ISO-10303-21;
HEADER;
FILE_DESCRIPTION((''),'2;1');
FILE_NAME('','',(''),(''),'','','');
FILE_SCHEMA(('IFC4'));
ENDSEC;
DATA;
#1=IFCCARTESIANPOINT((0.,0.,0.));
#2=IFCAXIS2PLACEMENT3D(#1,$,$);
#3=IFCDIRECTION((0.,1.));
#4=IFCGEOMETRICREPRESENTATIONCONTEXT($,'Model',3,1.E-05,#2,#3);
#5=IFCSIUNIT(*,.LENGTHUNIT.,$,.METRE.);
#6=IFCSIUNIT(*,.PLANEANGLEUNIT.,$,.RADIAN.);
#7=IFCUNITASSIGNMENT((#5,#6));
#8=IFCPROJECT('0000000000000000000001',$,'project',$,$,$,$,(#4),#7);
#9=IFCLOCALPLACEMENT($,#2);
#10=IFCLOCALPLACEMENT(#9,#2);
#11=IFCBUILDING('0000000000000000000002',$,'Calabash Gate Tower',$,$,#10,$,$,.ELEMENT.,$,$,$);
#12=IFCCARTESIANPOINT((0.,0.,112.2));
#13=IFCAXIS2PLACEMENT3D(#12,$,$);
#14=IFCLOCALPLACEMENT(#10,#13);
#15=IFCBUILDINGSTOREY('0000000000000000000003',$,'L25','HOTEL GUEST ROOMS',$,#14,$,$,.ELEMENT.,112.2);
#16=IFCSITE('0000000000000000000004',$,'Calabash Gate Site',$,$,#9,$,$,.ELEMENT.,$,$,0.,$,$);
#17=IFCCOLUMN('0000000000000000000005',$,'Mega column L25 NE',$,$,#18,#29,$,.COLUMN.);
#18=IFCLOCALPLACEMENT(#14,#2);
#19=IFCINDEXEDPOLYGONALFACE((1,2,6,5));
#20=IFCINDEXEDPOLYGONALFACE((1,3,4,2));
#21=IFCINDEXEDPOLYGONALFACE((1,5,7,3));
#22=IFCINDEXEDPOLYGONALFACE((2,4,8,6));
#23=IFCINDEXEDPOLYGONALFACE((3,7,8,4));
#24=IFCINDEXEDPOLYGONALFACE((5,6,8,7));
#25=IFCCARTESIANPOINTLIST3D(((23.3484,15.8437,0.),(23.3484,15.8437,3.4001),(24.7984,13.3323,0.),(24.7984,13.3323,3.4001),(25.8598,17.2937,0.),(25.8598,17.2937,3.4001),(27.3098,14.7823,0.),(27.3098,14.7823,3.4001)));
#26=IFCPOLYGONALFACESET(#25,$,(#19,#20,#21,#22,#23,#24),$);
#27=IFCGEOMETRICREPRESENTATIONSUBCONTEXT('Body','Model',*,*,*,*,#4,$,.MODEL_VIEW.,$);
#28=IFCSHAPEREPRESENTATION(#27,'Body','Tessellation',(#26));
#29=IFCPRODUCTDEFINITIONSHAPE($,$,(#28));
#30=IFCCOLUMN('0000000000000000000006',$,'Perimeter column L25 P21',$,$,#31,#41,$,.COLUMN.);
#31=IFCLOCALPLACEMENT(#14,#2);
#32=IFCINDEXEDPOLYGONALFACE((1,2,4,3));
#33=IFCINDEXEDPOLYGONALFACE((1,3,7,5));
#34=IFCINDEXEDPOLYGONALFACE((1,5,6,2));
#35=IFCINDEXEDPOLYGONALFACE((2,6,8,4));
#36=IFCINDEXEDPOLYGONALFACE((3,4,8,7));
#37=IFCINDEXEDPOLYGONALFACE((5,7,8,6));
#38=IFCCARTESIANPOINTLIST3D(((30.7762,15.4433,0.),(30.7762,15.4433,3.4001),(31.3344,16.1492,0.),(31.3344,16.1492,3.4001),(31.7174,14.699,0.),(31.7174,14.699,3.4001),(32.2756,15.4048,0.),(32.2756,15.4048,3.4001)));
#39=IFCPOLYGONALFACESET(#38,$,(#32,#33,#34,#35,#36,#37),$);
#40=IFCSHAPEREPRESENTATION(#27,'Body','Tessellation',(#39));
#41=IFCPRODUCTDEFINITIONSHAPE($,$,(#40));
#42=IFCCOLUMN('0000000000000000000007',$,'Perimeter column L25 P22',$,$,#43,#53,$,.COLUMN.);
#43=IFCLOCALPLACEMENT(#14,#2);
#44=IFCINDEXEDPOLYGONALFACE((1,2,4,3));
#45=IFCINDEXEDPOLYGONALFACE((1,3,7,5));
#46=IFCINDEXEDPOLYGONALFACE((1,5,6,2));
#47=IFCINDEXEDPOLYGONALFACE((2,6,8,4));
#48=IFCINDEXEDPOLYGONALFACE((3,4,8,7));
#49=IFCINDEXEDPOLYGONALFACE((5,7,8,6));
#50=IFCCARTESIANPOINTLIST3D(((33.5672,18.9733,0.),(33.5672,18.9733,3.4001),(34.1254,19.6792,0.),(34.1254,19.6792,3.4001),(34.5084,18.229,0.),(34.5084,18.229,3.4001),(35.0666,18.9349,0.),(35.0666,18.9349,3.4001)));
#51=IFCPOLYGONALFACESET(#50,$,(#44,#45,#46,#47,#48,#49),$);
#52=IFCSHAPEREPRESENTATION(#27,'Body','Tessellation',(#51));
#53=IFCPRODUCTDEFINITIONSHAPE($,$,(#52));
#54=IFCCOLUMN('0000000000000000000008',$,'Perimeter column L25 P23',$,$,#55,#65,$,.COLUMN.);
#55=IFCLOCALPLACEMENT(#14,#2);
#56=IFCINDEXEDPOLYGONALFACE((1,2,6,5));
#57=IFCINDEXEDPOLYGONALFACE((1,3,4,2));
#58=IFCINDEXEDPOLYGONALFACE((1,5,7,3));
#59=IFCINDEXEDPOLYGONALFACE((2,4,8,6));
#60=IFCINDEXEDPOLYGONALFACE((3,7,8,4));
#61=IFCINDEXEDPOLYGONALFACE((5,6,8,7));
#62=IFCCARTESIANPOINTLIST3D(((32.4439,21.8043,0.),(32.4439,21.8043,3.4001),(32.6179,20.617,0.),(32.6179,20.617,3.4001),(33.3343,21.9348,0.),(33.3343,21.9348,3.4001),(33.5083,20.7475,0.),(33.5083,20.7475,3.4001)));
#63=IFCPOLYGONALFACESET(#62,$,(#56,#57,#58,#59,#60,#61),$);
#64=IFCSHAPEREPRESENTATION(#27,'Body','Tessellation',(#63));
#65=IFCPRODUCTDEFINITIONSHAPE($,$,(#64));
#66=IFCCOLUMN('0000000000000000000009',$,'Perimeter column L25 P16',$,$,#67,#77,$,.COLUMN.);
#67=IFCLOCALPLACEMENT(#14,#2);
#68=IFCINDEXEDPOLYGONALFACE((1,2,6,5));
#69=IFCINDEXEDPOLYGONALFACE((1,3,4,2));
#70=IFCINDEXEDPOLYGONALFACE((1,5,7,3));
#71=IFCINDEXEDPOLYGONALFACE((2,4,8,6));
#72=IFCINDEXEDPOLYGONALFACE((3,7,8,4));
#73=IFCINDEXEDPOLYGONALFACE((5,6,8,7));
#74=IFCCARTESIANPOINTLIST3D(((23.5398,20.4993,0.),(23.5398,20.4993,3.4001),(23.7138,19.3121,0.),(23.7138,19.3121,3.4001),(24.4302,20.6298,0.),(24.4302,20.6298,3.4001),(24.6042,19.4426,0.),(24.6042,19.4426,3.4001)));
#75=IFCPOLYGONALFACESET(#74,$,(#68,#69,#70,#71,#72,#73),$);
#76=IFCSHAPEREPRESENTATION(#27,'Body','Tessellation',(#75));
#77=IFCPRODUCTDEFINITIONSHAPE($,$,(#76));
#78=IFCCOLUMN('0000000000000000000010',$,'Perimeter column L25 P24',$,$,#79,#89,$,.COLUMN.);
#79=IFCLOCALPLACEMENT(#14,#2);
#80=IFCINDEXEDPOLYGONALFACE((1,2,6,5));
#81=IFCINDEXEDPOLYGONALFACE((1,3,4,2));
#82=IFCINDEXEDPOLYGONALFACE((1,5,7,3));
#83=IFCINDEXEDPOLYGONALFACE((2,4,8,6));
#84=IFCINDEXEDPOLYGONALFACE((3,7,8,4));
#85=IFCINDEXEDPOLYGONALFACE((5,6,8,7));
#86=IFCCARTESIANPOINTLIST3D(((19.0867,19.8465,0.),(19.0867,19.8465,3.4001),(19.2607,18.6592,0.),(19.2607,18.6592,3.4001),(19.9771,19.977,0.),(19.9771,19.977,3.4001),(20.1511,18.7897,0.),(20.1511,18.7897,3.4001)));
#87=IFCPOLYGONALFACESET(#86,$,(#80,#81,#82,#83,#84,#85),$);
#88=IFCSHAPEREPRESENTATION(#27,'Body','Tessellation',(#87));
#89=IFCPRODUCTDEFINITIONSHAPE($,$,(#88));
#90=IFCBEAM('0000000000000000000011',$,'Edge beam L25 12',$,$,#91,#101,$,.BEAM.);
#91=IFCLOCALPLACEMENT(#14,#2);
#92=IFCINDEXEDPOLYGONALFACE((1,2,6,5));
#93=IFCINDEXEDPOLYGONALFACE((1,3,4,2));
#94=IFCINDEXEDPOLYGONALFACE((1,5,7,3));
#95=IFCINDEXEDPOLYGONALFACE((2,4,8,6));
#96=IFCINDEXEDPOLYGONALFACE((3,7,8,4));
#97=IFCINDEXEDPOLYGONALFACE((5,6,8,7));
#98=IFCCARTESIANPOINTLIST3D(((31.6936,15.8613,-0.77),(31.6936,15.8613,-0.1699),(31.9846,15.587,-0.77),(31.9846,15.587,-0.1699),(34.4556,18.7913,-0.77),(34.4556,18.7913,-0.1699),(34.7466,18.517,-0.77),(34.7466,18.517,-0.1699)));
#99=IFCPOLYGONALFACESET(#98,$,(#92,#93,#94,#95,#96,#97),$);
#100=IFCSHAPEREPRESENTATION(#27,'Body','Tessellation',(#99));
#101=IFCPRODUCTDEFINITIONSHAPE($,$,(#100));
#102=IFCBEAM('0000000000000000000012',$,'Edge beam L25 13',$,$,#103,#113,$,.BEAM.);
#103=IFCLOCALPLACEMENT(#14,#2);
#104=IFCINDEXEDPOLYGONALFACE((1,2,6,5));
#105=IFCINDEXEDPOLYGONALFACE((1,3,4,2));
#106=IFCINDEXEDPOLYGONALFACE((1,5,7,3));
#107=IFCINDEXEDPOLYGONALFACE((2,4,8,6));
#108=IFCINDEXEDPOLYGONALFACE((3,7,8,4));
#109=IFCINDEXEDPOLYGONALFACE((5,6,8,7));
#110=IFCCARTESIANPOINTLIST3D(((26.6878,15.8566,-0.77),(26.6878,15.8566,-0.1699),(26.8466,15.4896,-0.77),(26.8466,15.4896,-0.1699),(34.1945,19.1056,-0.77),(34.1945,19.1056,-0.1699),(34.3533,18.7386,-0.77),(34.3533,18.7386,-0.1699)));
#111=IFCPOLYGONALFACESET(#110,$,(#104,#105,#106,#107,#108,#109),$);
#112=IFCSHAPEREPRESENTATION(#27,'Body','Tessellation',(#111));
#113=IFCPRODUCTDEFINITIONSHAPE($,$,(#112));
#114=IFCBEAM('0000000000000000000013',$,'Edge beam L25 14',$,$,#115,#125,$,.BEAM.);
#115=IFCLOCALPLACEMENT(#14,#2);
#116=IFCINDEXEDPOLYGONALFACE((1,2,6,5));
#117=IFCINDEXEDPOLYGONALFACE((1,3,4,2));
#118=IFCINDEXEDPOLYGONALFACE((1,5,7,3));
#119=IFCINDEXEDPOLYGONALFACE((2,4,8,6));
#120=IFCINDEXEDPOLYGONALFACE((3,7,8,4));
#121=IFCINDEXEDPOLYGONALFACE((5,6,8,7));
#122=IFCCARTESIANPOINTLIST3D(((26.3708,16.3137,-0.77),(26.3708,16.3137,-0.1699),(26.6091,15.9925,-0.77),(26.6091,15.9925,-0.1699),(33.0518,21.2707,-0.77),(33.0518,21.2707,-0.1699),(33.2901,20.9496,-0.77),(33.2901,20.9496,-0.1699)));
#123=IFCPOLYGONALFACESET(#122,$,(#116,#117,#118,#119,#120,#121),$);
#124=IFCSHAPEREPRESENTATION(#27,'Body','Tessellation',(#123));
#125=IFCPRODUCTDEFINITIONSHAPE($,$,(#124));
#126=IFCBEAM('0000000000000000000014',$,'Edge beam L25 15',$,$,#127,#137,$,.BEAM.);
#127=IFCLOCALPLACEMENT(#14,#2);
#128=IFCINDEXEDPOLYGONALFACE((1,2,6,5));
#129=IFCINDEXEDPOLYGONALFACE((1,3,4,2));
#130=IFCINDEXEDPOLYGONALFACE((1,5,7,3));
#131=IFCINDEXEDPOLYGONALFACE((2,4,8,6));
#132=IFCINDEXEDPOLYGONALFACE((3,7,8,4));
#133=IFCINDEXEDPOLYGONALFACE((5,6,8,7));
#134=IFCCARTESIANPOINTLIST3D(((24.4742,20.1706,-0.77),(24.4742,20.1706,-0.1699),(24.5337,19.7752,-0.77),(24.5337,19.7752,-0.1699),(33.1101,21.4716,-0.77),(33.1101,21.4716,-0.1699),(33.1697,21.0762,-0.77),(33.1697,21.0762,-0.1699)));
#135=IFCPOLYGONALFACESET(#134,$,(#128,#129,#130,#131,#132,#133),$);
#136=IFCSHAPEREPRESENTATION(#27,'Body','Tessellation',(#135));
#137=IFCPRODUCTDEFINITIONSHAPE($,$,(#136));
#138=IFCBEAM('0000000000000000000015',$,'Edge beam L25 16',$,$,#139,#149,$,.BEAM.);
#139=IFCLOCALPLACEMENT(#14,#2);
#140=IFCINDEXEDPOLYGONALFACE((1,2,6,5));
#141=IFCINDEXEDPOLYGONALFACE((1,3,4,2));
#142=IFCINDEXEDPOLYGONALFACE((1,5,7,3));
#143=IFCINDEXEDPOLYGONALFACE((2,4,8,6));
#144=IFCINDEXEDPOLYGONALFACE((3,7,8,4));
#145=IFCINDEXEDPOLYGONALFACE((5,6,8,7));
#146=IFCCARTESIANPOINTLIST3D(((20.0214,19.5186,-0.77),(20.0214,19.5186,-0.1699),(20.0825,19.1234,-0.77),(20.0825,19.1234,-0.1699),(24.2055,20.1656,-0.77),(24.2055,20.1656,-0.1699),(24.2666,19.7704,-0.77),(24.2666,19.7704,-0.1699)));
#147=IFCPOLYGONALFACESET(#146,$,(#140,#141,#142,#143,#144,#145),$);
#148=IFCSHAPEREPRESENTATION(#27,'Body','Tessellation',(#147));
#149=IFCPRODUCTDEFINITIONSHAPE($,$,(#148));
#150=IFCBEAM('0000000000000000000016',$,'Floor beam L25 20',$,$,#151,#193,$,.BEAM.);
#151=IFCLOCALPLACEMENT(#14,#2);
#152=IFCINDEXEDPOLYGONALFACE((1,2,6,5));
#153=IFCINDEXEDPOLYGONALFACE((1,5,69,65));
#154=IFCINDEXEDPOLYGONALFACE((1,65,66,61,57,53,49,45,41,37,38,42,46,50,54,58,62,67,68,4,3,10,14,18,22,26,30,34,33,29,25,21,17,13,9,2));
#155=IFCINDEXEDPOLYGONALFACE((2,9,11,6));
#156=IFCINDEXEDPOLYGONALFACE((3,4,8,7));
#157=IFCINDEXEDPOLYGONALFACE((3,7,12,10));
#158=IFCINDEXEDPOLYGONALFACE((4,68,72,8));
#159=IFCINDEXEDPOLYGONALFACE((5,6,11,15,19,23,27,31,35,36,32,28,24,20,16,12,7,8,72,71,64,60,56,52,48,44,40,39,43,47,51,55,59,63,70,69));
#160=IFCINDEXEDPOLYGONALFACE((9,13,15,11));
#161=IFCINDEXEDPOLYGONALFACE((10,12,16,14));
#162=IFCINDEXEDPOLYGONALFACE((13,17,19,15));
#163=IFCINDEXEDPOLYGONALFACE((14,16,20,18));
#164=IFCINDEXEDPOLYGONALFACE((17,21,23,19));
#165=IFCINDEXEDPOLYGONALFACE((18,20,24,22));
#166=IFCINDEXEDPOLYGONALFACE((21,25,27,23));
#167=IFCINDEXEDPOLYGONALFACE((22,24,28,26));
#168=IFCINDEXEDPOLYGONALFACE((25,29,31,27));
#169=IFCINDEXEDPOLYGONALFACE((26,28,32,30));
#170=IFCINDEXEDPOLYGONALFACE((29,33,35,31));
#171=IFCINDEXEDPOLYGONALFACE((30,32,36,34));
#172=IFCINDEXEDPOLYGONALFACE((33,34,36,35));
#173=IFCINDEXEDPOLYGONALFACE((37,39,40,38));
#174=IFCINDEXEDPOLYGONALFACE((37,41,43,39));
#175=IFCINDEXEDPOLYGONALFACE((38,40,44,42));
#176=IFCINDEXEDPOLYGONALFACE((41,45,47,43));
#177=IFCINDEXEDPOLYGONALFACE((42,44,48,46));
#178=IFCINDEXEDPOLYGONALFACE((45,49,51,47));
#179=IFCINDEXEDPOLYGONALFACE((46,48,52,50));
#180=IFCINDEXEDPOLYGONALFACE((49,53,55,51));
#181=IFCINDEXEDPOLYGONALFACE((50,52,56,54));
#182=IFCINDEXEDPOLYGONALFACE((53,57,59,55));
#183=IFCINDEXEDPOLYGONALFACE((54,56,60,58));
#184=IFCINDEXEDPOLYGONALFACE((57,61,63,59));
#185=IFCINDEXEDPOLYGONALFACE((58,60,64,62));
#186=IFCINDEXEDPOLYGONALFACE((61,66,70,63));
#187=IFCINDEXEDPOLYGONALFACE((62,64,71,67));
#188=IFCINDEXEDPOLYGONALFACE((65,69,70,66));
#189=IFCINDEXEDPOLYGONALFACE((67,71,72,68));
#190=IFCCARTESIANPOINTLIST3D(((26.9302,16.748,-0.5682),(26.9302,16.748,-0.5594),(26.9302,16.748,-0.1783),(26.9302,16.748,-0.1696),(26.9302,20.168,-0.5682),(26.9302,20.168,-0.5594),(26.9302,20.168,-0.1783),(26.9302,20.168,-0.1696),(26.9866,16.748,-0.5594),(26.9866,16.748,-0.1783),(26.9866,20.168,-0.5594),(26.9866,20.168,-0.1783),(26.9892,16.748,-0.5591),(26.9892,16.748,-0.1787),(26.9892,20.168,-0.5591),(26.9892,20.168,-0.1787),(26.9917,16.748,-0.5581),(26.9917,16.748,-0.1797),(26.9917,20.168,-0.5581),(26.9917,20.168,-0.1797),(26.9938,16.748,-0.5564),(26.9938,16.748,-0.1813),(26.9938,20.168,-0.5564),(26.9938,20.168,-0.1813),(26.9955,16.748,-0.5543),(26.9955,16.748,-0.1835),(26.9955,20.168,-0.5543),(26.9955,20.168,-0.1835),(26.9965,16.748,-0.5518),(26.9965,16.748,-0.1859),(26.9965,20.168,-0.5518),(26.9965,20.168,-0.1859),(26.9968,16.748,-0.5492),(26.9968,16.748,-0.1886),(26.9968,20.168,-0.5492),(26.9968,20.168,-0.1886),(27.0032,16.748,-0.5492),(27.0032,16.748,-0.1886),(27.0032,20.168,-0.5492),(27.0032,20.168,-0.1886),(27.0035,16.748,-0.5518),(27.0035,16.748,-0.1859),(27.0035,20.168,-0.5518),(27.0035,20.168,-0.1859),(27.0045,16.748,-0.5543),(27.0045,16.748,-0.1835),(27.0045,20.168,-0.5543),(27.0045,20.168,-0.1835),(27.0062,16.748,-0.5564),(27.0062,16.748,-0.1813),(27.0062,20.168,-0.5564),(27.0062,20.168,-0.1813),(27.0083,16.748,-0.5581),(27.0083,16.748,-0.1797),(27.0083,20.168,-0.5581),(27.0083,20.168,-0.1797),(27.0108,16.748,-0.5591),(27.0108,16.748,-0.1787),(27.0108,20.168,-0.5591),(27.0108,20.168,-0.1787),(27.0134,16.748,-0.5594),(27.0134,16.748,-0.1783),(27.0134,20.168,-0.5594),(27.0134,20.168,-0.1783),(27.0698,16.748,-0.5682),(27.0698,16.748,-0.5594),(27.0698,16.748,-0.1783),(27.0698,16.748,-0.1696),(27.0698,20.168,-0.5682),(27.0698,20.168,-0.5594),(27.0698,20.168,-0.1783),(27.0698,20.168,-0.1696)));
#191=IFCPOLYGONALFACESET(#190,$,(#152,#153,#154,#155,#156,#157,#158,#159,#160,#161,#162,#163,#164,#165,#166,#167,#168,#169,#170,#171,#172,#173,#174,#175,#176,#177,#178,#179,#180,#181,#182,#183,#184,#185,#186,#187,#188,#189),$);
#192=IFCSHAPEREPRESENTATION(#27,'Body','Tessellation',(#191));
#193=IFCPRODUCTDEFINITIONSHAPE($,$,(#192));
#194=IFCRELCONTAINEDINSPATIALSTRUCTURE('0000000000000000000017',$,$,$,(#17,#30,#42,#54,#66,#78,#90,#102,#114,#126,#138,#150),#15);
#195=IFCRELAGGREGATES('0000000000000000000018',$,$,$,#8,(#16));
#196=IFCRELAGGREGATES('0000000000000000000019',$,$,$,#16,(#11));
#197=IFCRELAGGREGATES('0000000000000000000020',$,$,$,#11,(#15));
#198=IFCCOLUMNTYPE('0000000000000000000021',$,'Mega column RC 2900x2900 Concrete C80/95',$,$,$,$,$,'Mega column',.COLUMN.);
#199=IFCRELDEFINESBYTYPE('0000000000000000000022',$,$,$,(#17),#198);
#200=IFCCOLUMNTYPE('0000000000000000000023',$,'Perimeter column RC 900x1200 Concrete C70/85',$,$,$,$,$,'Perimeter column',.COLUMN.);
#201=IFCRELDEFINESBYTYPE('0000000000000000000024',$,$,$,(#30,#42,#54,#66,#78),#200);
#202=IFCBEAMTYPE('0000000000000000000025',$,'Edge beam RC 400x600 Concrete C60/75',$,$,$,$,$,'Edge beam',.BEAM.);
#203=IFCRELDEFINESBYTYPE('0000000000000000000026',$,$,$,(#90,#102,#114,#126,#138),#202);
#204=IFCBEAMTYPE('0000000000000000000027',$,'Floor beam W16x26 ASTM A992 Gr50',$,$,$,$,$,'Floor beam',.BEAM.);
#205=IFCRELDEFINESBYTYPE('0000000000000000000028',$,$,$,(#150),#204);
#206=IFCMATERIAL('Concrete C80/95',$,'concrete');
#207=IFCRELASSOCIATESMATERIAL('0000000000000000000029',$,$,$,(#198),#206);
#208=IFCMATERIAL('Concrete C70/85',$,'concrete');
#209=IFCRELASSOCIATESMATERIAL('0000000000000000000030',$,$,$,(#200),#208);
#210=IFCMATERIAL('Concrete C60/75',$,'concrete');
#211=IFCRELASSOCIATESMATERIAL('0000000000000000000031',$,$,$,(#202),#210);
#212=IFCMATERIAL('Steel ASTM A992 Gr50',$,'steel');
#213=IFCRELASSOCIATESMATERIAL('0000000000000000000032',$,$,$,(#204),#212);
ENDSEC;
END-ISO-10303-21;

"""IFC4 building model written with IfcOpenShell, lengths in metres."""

from ifc_helpers import new_model, si_unit, direction, frame, origin, origin_2d, place, context, subcontext, project, spatial, rectangle, i_section, extrude, material, material_profile, profile_set, type_object, element, save


model = new_model("IFC4")

# Units and contexts
model_context = context("Model", 3, precision=1e-05, world=origin(), true_north=direction((0.0, 1.0)))
body_context = subcontext(model_context, "Body", "Model", "MODEL_VIEW")
ifc_project = project(units=[si_unit("LENGTHUNIT", "METRE"), si_unit("PLANEANGLEUNIT", "RADIAN")], contexts=[model_context])

# Site, building, storey
site_placement = place(None, origin())
site = spatial("IfcSite", under=ifc_project, at=site_placement, Name="Calabash Gate Site", CompositionType="ELEMENT", RefElevation=0.0)
building_placement = place(site_placement, origin())
building = spatial("IfcBuilding", under=site, at=building_placement, Name="Calabash Gate Tower", CompositionType="ELEMENT")
storey_placement = place(building_placement, frame((0.0, 0.0, 112.2)))
storey = spatial("IfcBuildingStorey", under=building, at=storey_placement, Name="L25", Description="HOTEL GUEST ROOMS", CompositionType="ELEMENT", Elevation=112.2)

# Columns
ifc_material_1 = material(Name="Concrete C80/95", Category="concrete")
ifc_material_profile_1 = material_profile(ifc_material_1, rectangle(XDim=2.8999, YDim=2.8999, at=origin_2d()))
ifc_profile_set_1 = profile_set([ifc_material_profile_1], Name="Concrete C80/95")
column_type_1 = type_object("IfcColumnType", Name="Mega column RC 2900x2900 Concrete C80/95", ElementType="Mega column", PredefinedType="COLUMN", material=ifc_profile_set_1)
column_placement = place(storey_placement, frame((25.3291, 15.313, 0.0), z_axis=(0.0, 0.0, 1.0), x_axis=(-0.866025, -0.5, 0.0)))
element("IfcColumn", 1, at=column_placement, inside=storey, type_object=column_type_1, Name="Mega column L25 NE", PredefinedType="COLUMN", context=body_context, shape_type="SweptSolid", body=[
    extrude(rectangle(XDim=2.8999, YDim=2.8999, at=origin_2d()), origin(), (0.0, 0.0, 1.0), 3.4001),
])
ifc_material_2 = material(Name="Concrete C70/85", Category="concrete")
ifc_material_profile_2 = material_profile(ifc_material_2, rectangle(XDim=0.8999, YDim=1.2, at=origin_2d()))
ifc_profile_set_2 = profile_set([ifc_material_profile_2], Name="Concrete C70/85")
column_type_2 = type_object("IfcColumnType", Name="Perimeter column RC 900x1200 Concrete C70/85", ElementType="Perimeter column", PredefinedType="COLUMN", material=ifc_profile_set_2)
for number, where, z_axis, x_axis, name in (
    (2, (31.5259, 15.4241, 0.0), (0.0, 0.0, 1.0), (0.620301, 0.784364, 0.0), "Perimeter column L25 P21"),
    (3, (34.3169, 18.9541, 0.0), (0.0, 0.0, 1.0), (0.620301, 0.784364, 0.0), "Perimeter column L25 P22"),
    (4, (32.9761, 21.2759, 0.0), (0.0, 0.0, 1.0), (-0.98943, -0.145015, 0.0), "Perimeter column L25 P23"),
    (5, (24.072, 19.9709, 0.0), (0.0, 0.0, 1.0), (-0.98943, -0.145015, 0.0), "Perimeter column L25 P16"),
    (6, (19.6189, 19.3181, 0.0), (0.0, 0.0, 1.0), (-0.98943, -0.145015, 0.0), "Perimeter column L25 P24"),
):
    element("IfcColumn", number, at=place(storey_placement, frame(where, z_axis=z_axis, x_axis=x_axis)), inside=storey, type_object=column_type_2, Name=name, PredefinedType="COLUMN", context=body_context, shape_type="SweptSolid", body=[
        extrude(rectangle(XDim=0.8999, YDim=1.2, at=origin_2d()), origin(), (0.0, 0.0, 1.0), 3.4001),
    ])

# Beams
ifc_material_3 = material(Name="Concrete C60/75", Category="concrete")
ifc_material_profile_3 = material_profile(ifc_material_3, rectangle(XDim=0.3999, YDim=0.6001, at=origin_2d()))
ifc_profile_set_3 = profile_set([ifc_material_profile_3], Name="Concrete C60/75")
beam_type_1 = type_object("IfcBeamType", Name="Edge beam RC 400x600 Concrete C60/75", ElementType="Edge beam", PredefinedType="BEAM", material=ifc_profile_set_3)
beam_1_placement = place(storey_placement, frame((31.8391, 15.7241, -0.47), z_axis=(0.685941, 0.727657, 0.0), x_axis=(-0.727657, 0.685941, 0.0)))
element("IfcBeam", 7, at=beam_1_placement, inside=storey, type_object=beam_type_1, Name="Edge beam L25 12", PredefinedType="BEAM", context=body_context, shape_type="SweptSolid", body=[
    extrude(rectangle(XDim=0.3999, YDim=0.6001, at=origin_2d()), origin(), (0.0, 0.0, 1.0), 4.0266),
])
beam_2_placement = place(storey_placement, frame((34.2739, 18.9221, -0.47), z_axis=(-0.917731, -0.397202, 0.0), x_axis=(0.397202, -0.917731, 0.0)))
element("IfcBeam", 8, at=beam_2_placement, inside=storey, type_object=beam_type_1, Name="Edge beam L25 13", PredefinedType="BEAM", context=body_context, shape_type="SweptSolid", body=[
    extrude(rectangle(XDim=0.3999, YDim=0.6001, at=origin_2d()), origin(), (0.0, 0.0, 1.0), 8.1797),
])
beam_3_placement = place(storey_placement, frame((26.49, 16.1531, -0.47), z_axis=(0.803085, 0.595865, 0.0), x_axis=(-0.595865, 0.803085, 0.0)))
element("IfcBeam", 9, at=beam_3_placement, inside=storey, type_object=beam_type_1, Name="Edge beam L25 14", PredefinedType="BEAM", context=body_context, shape_type="SweptSolid", body=[
    extrude(rectangle(XDim=0.3999, YDim=0.6001, at=origin_2d()), origin(), (0.0, 0.0, 1.0), 8.3191),
])
beam_4_placement = place(storey_placement, frame((33.1399, 21.2739, -0.47), z_axis=(-0.988842, -0.148971, 0.0), x_axis=(0.148971, -0.988842, 0.0)))
element("IfcBeam", 10, at=beam_4_placement, inside=storey, type_object=beam_type_1, Name="Edge beam L25 15", PredefinedType="BEAM", context=body_context, shape_type="SweptSolid", body=[
    extrude(rectangle(XDim=0.3999, YDim=0.6001, at=origin_2d()), origin(), (0.0, 0.0, 1.0), 8.7334),
])
beam_5_placement = place(storey_placement, frame((24.2361, 19.968, -0.47), z_axis=(-0.988255, -0.152811, 0.0), x_axis=(0.152811, -0.988255, 0.0)))
element("IfcBeam", 11, at=beam_5_placement, inside=storey, type_object=beam_type_1, Name="Edge beam L25 16", PredefinedType="BEAM", context=body_context, shape_type="SweptSolid", body=[
    extrude(rectangle(XDim=0.3999, YDim=0.6001, at=origin_2d()), origin(), (0.0, 0.0, 1.0), 4.2339),
])
ifc_material_4 = material(Name="Steel ASTM A992 Gr50", Category="steel")
ifc_material_profile_4 = material_profile(ifc_material_4, i_section(OverallWidth=0.1396, OverallDepth=0.3987, WebThickness=0.0063, FlangeThickness=0.0088, FilletRadius=0.0103, at=origin_2d()))
ifc_profile_set_4 = profile_set([ifc_material_profile_4], Name="Steel ASTM A992 Gr50")
beam_type_2 = type_object("IfcBeamType", Name="Floor beam W16x26 ASTM A992 Gr50", ElementType="Floor beam", PredefinedType="BEAM", material=ifc_profile_set_4)
beam_6_placement = place(storey_placement, frame((27.0, 16.748, -0.3689), z_axis=(0.0, 1.0, 0.0), x_axis=(-1.0, 0.0, 0.0)))
element("IfcBeam", 12, at=beam_6_placement, inside=storey, type_object=beam_type_2, Name="Floor beam L25 20", PredefinedType="BEAM", context=body_context, shape_type="SweptSolid", body=[
    extrude(i_section(OverallWidth=0.1396, OverallDepth=0.3987, WebThickness=0.0063, FlangeThickness=0.0088, FilletRadius=0.0103, at=origin_2d()), origin(), (0.0, 0.0, 1.0), 3.4199),
])

save(model, "model.ifc")
